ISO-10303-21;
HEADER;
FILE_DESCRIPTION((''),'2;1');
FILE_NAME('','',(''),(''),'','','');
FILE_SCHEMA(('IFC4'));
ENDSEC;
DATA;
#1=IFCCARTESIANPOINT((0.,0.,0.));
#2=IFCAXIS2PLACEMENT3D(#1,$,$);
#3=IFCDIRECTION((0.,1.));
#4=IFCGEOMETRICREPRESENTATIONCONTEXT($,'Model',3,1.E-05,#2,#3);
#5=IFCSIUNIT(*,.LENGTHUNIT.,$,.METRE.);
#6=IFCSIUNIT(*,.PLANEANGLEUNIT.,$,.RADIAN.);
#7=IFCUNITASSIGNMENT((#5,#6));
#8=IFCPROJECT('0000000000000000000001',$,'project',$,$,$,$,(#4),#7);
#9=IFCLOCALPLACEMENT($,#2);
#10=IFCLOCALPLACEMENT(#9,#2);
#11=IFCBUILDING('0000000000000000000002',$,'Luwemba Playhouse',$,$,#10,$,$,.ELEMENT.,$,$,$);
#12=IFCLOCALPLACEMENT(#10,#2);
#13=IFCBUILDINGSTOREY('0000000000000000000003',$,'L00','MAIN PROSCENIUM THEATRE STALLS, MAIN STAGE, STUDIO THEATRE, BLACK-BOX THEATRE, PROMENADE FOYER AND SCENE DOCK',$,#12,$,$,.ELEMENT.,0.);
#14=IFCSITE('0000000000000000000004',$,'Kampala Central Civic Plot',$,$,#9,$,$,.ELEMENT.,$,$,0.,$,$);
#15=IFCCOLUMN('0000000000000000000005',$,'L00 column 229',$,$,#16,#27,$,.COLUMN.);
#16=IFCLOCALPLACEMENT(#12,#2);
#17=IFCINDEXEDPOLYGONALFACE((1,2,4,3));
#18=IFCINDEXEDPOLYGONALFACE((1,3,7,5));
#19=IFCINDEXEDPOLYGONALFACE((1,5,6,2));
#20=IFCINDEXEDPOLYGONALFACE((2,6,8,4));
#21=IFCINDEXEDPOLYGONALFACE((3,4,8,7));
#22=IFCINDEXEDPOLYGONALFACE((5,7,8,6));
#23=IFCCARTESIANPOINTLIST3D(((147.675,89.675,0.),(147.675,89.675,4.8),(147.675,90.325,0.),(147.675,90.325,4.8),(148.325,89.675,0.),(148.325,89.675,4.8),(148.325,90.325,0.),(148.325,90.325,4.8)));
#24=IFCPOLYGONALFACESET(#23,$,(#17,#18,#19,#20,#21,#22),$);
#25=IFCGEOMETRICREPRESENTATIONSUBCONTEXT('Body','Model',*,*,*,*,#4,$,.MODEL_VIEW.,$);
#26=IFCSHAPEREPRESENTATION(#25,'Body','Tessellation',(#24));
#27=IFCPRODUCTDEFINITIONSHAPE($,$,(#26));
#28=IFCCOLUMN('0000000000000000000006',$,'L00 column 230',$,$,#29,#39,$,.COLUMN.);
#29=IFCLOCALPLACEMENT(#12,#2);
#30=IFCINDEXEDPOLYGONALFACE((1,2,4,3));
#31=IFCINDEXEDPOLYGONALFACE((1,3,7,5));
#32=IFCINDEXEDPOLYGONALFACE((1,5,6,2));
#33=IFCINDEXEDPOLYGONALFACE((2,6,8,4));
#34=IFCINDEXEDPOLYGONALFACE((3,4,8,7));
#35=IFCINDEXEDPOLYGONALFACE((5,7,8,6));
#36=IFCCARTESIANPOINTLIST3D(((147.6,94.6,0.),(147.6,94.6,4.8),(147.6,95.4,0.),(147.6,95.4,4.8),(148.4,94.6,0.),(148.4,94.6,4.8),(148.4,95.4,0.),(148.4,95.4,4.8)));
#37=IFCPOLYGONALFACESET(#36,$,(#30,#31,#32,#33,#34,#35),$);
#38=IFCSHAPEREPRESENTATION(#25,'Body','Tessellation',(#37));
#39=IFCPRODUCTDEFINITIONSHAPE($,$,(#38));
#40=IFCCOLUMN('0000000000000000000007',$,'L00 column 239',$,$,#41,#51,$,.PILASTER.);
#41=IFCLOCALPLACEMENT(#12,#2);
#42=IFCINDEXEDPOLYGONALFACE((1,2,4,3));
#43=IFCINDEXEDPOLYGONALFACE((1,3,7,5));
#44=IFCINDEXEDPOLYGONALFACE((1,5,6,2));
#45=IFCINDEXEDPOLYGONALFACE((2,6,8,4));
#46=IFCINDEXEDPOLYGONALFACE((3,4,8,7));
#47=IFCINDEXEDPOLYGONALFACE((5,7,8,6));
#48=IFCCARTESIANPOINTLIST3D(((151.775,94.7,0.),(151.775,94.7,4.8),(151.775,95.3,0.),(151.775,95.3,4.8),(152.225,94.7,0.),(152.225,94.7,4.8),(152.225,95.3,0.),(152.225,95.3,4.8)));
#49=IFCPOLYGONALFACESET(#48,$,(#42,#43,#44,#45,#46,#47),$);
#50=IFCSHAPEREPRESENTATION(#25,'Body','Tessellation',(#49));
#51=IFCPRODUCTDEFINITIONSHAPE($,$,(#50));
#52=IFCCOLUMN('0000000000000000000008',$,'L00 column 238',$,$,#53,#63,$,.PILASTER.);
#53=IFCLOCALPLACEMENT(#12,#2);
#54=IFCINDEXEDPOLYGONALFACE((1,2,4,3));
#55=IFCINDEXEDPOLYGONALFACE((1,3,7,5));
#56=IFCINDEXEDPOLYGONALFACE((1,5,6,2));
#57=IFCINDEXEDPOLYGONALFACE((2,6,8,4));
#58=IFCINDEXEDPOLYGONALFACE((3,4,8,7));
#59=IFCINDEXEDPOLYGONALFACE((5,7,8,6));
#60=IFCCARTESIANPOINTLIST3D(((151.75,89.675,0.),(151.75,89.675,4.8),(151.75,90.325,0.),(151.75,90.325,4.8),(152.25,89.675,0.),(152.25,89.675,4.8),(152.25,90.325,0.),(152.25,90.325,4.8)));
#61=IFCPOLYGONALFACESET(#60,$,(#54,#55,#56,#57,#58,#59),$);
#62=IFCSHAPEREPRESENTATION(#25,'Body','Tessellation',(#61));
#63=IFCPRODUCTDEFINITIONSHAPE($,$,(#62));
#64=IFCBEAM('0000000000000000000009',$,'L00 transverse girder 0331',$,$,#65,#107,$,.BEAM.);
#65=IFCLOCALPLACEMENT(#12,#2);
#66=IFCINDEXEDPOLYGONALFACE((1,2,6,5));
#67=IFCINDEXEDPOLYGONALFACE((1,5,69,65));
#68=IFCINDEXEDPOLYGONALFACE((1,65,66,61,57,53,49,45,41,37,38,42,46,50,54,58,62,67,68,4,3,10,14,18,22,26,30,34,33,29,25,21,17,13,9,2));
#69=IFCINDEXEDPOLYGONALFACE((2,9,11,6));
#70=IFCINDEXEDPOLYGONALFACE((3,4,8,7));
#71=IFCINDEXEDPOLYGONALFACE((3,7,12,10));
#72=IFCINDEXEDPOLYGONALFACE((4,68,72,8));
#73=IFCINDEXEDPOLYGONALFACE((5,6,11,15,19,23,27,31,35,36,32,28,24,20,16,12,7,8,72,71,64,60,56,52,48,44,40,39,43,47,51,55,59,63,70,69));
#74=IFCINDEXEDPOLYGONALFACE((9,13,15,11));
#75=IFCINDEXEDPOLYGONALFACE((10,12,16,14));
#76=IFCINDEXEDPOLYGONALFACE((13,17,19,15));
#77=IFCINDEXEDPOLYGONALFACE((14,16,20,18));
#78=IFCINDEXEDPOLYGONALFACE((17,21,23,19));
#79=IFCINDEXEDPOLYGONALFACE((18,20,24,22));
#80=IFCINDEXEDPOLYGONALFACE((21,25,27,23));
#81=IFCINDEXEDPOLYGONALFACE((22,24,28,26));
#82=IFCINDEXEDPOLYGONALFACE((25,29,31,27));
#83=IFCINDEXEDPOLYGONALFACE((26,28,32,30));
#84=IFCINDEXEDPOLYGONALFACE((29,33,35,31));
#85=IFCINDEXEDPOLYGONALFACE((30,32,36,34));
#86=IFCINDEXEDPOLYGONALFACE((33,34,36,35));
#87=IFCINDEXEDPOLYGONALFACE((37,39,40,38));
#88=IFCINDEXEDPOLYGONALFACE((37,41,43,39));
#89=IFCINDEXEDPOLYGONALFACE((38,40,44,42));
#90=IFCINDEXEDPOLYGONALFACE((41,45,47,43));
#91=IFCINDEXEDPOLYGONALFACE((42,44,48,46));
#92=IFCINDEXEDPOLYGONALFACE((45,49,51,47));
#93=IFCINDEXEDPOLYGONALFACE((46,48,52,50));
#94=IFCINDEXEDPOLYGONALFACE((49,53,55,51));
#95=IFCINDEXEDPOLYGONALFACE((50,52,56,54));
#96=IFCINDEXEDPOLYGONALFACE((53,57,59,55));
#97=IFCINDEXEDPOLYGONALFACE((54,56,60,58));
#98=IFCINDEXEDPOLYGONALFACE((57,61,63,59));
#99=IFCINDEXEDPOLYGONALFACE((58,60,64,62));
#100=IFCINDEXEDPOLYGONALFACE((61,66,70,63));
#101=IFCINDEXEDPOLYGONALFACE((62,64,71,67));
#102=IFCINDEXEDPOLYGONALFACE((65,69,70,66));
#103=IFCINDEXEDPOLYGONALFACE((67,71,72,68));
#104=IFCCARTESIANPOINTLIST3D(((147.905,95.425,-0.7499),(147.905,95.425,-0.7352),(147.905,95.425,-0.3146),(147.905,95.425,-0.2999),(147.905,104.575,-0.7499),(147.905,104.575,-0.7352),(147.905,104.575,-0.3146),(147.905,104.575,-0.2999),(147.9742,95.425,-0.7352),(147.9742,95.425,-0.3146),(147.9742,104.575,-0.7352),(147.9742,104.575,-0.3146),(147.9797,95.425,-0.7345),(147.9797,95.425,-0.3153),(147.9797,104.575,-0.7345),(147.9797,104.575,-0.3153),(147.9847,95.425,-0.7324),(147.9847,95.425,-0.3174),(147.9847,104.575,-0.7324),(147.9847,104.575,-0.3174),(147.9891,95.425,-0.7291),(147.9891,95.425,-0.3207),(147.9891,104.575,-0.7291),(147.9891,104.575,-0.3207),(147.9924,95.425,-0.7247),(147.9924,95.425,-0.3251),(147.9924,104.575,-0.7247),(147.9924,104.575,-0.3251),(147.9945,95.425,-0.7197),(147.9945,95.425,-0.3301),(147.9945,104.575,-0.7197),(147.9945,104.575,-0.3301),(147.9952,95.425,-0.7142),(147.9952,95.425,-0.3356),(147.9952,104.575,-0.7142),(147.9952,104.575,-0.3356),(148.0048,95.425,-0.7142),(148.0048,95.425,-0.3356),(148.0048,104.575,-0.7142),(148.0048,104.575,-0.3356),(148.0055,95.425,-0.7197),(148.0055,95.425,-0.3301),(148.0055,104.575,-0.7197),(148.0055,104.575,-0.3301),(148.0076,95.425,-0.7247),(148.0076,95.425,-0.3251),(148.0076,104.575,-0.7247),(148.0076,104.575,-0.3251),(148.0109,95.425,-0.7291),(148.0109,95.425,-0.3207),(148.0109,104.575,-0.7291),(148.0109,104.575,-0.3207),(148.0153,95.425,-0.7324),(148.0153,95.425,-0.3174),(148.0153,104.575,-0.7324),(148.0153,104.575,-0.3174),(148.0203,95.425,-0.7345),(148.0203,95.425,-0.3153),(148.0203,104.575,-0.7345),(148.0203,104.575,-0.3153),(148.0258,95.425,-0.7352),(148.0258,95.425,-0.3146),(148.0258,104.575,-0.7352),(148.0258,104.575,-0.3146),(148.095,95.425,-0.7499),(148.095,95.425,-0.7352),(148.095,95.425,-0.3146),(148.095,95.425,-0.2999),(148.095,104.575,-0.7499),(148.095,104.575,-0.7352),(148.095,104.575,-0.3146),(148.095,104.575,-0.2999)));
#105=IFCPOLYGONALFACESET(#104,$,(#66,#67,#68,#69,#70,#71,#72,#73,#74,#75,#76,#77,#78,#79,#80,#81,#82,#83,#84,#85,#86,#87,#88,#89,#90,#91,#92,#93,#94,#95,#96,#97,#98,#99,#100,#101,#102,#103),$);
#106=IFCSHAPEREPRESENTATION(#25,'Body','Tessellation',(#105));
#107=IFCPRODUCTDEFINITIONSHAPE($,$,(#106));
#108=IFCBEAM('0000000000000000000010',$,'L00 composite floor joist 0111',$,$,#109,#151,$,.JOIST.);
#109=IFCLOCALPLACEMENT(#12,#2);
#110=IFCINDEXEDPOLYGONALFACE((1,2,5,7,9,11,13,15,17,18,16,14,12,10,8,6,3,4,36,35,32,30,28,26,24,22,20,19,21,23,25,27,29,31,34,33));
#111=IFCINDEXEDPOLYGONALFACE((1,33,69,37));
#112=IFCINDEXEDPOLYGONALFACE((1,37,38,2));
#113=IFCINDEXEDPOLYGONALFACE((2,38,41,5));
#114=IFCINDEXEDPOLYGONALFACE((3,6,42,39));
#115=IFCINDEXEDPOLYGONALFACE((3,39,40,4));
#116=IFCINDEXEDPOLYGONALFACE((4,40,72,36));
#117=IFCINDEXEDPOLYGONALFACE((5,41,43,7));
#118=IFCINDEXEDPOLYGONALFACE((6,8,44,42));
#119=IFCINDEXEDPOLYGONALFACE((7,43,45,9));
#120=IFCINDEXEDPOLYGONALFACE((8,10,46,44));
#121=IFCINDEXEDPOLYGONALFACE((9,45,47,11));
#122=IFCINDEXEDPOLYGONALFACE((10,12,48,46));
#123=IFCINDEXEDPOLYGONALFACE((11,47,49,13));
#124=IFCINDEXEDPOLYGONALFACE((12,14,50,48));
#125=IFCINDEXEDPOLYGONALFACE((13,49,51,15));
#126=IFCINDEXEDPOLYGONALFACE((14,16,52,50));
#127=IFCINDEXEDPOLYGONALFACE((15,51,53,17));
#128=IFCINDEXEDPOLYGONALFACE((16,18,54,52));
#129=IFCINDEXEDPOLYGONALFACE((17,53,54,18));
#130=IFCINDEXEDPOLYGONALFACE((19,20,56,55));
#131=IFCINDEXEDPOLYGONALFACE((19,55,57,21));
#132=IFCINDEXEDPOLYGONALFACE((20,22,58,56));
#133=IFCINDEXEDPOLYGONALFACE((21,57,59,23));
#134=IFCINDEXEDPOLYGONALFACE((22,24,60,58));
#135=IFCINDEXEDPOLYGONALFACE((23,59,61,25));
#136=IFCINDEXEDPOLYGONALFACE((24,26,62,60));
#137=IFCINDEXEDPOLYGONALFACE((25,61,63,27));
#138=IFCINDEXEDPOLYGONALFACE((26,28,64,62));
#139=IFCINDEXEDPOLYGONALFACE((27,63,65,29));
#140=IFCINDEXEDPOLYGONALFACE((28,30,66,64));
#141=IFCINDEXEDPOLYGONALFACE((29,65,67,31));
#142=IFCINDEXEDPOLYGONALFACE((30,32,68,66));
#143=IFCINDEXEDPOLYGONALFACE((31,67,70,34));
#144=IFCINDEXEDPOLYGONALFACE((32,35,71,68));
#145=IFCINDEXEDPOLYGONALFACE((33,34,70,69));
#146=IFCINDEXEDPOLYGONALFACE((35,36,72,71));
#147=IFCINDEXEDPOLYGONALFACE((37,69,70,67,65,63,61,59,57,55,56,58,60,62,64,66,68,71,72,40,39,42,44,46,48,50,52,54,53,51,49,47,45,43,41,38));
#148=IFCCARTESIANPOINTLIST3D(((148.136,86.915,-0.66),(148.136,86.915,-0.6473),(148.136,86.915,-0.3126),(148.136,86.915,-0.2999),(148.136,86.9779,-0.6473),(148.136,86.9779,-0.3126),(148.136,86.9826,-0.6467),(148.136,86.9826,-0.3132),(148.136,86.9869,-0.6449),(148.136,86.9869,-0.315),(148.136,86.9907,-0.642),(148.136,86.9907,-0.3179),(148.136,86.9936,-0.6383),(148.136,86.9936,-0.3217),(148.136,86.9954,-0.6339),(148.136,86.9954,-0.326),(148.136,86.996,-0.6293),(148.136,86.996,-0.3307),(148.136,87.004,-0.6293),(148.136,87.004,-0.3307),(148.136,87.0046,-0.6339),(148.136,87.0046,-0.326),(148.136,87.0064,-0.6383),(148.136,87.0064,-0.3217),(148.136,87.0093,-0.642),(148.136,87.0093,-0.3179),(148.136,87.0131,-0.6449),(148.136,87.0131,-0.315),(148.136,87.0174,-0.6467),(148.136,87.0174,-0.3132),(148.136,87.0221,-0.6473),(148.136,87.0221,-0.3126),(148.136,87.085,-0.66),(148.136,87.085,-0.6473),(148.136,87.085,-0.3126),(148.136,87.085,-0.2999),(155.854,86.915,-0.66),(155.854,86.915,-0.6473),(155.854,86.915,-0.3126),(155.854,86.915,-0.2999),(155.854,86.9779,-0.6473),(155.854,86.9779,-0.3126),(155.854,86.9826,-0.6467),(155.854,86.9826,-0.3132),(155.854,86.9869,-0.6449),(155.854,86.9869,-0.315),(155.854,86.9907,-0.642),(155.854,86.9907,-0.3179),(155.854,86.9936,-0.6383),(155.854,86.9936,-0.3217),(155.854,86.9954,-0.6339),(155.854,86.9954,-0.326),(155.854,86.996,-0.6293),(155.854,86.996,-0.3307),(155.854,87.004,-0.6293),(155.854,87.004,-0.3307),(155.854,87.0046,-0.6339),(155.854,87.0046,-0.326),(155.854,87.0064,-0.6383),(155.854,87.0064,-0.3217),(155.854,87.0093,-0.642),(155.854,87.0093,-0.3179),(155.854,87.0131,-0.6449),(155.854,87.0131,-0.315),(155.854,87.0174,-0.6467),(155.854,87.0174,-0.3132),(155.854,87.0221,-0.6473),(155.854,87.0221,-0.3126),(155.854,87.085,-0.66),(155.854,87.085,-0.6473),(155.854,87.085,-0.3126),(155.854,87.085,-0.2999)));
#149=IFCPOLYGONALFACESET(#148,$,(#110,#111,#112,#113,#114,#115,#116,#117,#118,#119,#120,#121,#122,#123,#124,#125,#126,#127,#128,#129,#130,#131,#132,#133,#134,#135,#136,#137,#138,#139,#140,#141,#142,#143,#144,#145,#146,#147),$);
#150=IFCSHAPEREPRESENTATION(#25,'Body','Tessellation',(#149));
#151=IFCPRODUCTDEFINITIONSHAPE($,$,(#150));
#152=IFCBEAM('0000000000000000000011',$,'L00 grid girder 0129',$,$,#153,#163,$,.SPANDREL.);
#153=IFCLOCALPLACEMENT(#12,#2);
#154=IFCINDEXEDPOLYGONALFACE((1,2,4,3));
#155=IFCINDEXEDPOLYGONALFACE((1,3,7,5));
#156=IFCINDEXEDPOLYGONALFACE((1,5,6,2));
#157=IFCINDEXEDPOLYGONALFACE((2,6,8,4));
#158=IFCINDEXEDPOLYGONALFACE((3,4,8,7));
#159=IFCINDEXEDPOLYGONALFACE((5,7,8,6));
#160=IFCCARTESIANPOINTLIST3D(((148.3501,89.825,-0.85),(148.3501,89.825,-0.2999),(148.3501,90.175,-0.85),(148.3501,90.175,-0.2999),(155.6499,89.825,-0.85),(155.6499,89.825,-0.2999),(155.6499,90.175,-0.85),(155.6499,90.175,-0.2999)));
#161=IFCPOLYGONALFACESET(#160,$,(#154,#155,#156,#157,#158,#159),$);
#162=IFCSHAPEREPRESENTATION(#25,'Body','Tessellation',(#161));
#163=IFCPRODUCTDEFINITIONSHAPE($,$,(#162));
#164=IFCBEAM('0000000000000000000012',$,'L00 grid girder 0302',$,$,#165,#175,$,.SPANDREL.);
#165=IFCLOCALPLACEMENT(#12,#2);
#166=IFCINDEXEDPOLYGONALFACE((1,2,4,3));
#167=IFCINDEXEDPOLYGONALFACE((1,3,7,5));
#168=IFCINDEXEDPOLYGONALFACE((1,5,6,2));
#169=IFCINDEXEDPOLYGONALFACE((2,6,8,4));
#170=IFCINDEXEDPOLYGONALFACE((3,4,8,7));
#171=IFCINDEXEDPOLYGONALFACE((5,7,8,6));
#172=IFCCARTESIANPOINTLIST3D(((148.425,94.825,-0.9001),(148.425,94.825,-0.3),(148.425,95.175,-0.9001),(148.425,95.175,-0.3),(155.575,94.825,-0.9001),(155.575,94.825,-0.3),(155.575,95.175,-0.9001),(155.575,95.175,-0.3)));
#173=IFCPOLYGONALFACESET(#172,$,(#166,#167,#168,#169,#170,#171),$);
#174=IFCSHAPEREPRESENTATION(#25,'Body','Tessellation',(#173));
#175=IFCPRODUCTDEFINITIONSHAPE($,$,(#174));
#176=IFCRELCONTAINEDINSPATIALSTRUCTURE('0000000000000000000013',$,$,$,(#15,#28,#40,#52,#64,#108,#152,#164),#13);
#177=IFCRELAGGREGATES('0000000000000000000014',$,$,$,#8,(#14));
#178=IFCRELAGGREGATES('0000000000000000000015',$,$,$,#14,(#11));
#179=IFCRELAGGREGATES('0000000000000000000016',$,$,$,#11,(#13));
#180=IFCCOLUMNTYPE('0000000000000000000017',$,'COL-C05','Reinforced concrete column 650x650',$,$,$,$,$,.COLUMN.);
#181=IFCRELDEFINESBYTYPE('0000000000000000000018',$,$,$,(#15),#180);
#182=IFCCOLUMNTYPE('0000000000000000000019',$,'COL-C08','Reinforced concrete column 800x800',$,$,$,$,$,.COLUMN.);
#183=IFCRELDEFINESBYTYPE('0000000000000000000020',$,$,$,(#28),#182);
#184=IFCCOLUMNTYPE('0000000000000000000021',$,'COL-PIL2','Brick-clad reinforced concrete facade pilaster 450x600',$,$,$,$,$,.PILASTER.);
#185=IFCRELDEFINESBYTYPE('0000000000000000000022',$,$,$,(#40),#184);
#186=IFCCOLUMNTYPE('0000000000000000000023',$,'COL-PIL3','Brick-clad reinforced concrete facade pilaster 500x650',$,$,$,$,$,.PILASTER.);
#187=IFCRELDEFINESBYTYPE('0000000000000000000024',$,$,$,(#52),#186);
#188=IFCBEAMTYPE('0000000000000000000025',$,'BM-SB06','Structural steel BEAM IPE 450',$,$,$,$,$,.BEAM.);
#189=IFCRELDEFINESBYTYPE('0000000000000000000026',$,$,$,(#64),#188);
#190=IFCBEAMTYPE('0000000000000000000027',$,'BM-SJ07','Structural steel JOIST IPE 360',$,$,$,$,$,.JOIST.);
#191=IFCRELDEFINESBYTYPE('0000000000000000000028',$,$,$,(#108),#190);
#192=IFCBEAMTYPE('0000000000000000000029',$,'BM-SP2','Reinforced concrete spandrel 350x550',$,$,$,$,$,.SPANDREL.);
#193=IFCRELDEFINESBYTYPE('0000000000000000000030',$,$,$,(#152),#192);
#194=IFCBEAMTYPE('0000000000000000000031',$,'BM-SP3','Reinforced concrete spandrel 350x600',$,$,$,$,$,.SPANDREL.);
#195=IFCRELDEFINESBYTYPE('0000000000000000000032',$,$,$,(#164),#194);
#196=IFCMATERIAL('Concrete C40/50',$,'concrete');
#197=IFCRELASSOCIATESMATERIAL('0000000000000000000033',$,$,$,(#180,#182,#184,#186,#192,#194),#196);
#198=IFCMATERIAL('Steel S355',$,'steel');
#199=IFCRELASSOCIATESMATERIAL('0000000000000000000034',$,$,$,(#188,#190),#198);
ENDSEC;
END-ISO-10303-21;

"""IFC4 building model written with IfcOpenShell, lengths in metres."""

from ifc_helpers import new_model, si_unit, direction, frame, origin, origin_2d, place, context, subcontext, project, spatial, rectangle, i_section, extrude, material, material_profile, profile_set, type_object, element, save


model = new_model("IFC4")

# Units and contexts
model_context = context("Model", 3, precision=1e-05, world=origin(), true_north=direction((0.0, 1.0)))
body_context = subcontext(model_context, "Body", "Model", "MODEL_VIEW")
ifc_project = project(units=[si_unit("LENGTHUNIT", "METRE"), si_unit("PLANEANGLEUNIT", "RADIAN")], contexts=[model_context])

# Site, building, storey
site_placement = place(None, origin())
site = spatial("IfcSite", under=ifc_project, at=site_placement, Name="Kampala Central Civic Plot", CompositionType="ELEMENT", RefElevation=0.0)
building_placement = place(site_placement, origin())
building = spatial("IfcBuilding", under=site, at=building_placement, Name="Luwemba Playhouse", CompositionType="ELEMENT")
storey_placement = place(building_placement, origin())
storey = spatial("IfcBuildingStorey", under=building, at=storey_placement, Name="L00", Description="MAIN PROSCENIUM THEATRE STALLS, MAIN STAGE, STUDIO THEATRE, BLACK-BOX THEATRE, PROMENADE FOYER AND SCENE DOCK", CompositionType="ELEMENT", Elevation=0.0)

# Columns
ifc_material_1 = material(Name="Concrete C40/50", Category="concrete")
ifc_material_profile_1 = material_profile(ifc_material_1, rectangle(XDim=0.6499, YDim=0.6499, at=origin_2d()))
ifc_profile_set_1 = profile_set([ifc_material_profile_1], Name="Concrete C40/50")
column_type_1 = type_object("IfcColumnType", Name="COL-C05", Description="Reinforced concrete column 650x650", PredefinedType="COLUMN", material=ifc_profile_set_1)
column_1_placement = place(storey_placement, frame((148.0, 90.0, 0.0), z_axis=(0.0, 0.0, 1.0), x_axis=(1.0, 0.0, 0.0)))
element("IfcColumn", 1, at=column_1_placement, inside=storey, type_object=column_type_1, Name="L00 column 229", PredefinedType="COLUMN", context=body_context, shape_type="SweptSolid", body=[
    extrude(rectangle(XDim=0.6499, YDim=0.6499, at=origin_2d()), origin(), (0.0, 0.0, 1.0), 4.8),
])
ifc_material_profile_2 = material_profile(ifc_material_1, rectangle(XDim=0.8, YDim=0.8, at=origin_2d()))
ifc_profile_set_2 = profile_set([ifc_material_profile_2], Name="Concrete C40/50")
column_type_2 = type_object("IfcColumnType", Name="COL-C08", Description="Reinforced concrete column 800x800", PredefinedType="COLUMN", material=ifc_profile_set_2)
column_2_placement = place(storey_placement, frame((148.0, 95.0, 0.0), z_axis=(0.0, 0.0, 1.0), x_axis=(1.0, 0.0, 0.0)))
element("IfcColumn", 2, at=column_2_placement, inside=storey, type_object=column_type_2, Name="L00 column 230", PredefinedType="COLUMN", context=body_context, shape_type="SweptSolid", body=[
    extrude(rectangle(XDim=0.8, YDim=0.8, at=origin_2d()), origin(), (0.0, 0.0, 1.0), 4.8),
])
ifc_material_profile_3 = material_profile(ifc_material_1, rectangle(XDim=0.45, YDim=0.6001, at=origin_2d()))
ifc_profile_set_3 = profile_set([ifc_material_profile_3], Name="Concrete C40/50")
column_type_3 = type_object("IfcColumnType", Name="COL-PIL2", Description="Brick-clad reinforced concrete facade pilaster 450x600", PredefinedType="PILASTER", material=ifc_profile_set_3)
column_3_placement = place(storey_placement, frame((152.0, 95.0, 0.0), z_axis=(0.0, 0.0, 1.0), x_axis=(1.0, 0.0, 0.0)))
element("IfcColumn", 3, at=column_3_placement, inside=storey, type_object=column_type_3, Name="L00 column 239", PredefinedType="PILASTER", context=body_context, shape_type="SweptSolid", body=[
    extrude(rectangle(XDim=0.45, YDim=0.6001, at=origin_2d()), origin(), (0.0, 0.0, 1.0), 4.8),
])
ifc_material_profile_4 = material_profile(ifc_material_1, rectangle(XDim=0.5, YDim=0.6499, at=origin_2d()))
ifc_profile_set_4 = profile_set([ifc_material_profile_4], Name="Concrete C40/50")
column_type_4 = type_object("IfcColumnType", Name="COL-PIL3", Description="Brick-clad reinforced concrete facade pilaster 500x650", PredefinedType="PILASTER", material=ifc_profile_set_4)
column_4_placement = place(storey_placement, frame((152.0, 90.0, 0.0), z_axis=(0.0, 0.0, 1.0), x_axis=(1.0, 0.0, 0.0)))
element("IfcColumn", 4, at=column_4_placement, inside=storey, type_object=column_type_4, Name="L00 column 238", PredefinedType="PILASTER", context=body_context, shape_type="SweptSolid", body=[
    extrude(rectangle(XDim=0.5, YDim=0.6499, at=origin_2d()), origin(), (0.0, 0.0, 1.0), 4.8),
])

# Beams
ifc_material_2 = material(Name="Steel S355", Category="steel")
ifc_material_profile_5 = material_profile(ifc_material_2, i_section(OverallWidth=0.1899, OverallDepth=0.45, WebThickness=0.0095, FlangeThickness=0.0146, FilletRadius=0.021, at=origin_2d()))
ifc_profile_set_5 = profile_set([ifc_material_profile_5], Name="Steel S355")
beam_type_1 = type_object("IfcBeamType", Name="BM-SB06", Description="Structural steel BEAM IPE 450", PredefinedType="BEAM", material=ifc_profile_set_5)
beam_1_placement = place(storey_placement, frame((148.0, 95.425, -0.5249), z_axis=(0.0, 1.0, 0.0), x_axis=(-1.0, 0.0, 0.0)))
element("IfcBeam", 5, at=beam_1_placement, inside=storey, type_object=beam_type_1, Name="L00 transverse girder 0331", PredefinedType="BEAM", context=body_context, shape_type="SweptSolid", body=[
    extrude(i_section(OverallWidth=0.1899, OverallDepth=0.45, WebThickness=0.0095, FlangeThickness=0.0146, FilletRadius=0.021, at=origin_2d()), origin(), (0.0, 0.0, 1.0), 9.1499),
])
ifc_material_profile_6 = material_profile(ifc_material_2, i_section(OverallWidth=0.1699, OverallDepth=0.3601, WebThickness=0.0081, FlangeThickness=0.0127, FilletRadius=0.0181, at=origin_2d()))
ifc_profile_set_6 = profile_set([ifc_material_profile_6], Name="Steel S355")
beam_type_2 = type_object("IfcBeamType", Name="BM-SJ07", Description="Structural steel JOIST IPE 360", PredefinedType="JOIST", material=ifc_profile_set_6)
beam_2_placement = place(storey_placement, frame((148.136, 87.0, -0.48), z_axis=(1.0, 0.0, 0.0), x_axis=(0.0, 1.0, 0.0)))
element("IfcBeam", 6, at=beam_2_placement, inside=storey, type_object=beam_type_2, Name="L00 composite floor joist 0111", PredefinedType="JOIST", context=body_context, shape_type="SweptSolid", body=[
    extrude(i_section(OverallWidth=0.1699, OverallDepth=0.3601, WebThickness=0.0081, FlangeThickness=0.0127, FilletRadius=0.0181, at=origin_2d()), origin(), (0.0, 0.0, 1.0), 7.718),
])
ifc_material_profile_7 = material_profile(ifc_material_1, rectangle(XDim=0.3501, YDim=0.55, at=origin_2d()))
ifc_profile_set_7 = profile_set([ifc_material_profile_7], Name="Concrete C40/50")
beam_type_3 = type_object("IfcBeamType", Name="BM-SP2", Description="Reinforced concrete spandrel 350x550", PredefinedType="SPANDREL", material=ifc_profile_set_7)
beam_3_placement = place(storey_placement, frame((148.3501, 90.0, -0.575), z_axis=(1.0, 0.0, 0.0), x_axis=(0.0, 1.0, 0.0)))
element("IfcBeam", 7, at=beam_3_placement, inside=storey, type_object=beam_type_3, Name="L00 grid girder 0129", PredefinedType="SPANDREL", context=body_context, shape_type="SweptSolid", body=[
    extrude(rectangle(XDim=0.3501, YDim=0.55, at=origin_2d()), origin(), (0.0, 0.0, 1.0), 7.2998),
])
ifc_material_profile_8 = material_profile(ifc_material_1, rectangle(XDim=0.3501, YDim=0.6001, at=origin_2d()))
ifc_profile_set_8 = profile_set([ifc_material_profile_8], Name="Concrete C40/50")
beam_type_4 = type_object("IfcBeamType", Name="BM-SP3", Description="Reinforced concrete spandrel 350x600", PredefinedType="SPANDREL", material=ifc_profile_set_8)
beam_4_placement = place(storey_placement, frame((148.425, 95.0, -0.6001), z_axis=(1.0, 0.0, 0.0), x_axis=(0.0, 1.0, 0.0)))
element("IfcBeam", 8, at=beam_4_placement, inside=storey, type_object=beam_type_4, Name="L00 grid girder 0302", PredefinedType="SPANDREL", context=body_context, shape_type="SweptSolid", body=[
    extrude(rectangle(XDim=0.3501, YDim=0.6001, at=origin_2d()), origin(), (0.0, 0.0, 1.0), 7.1499),
])

save(model, "model.ifc")
